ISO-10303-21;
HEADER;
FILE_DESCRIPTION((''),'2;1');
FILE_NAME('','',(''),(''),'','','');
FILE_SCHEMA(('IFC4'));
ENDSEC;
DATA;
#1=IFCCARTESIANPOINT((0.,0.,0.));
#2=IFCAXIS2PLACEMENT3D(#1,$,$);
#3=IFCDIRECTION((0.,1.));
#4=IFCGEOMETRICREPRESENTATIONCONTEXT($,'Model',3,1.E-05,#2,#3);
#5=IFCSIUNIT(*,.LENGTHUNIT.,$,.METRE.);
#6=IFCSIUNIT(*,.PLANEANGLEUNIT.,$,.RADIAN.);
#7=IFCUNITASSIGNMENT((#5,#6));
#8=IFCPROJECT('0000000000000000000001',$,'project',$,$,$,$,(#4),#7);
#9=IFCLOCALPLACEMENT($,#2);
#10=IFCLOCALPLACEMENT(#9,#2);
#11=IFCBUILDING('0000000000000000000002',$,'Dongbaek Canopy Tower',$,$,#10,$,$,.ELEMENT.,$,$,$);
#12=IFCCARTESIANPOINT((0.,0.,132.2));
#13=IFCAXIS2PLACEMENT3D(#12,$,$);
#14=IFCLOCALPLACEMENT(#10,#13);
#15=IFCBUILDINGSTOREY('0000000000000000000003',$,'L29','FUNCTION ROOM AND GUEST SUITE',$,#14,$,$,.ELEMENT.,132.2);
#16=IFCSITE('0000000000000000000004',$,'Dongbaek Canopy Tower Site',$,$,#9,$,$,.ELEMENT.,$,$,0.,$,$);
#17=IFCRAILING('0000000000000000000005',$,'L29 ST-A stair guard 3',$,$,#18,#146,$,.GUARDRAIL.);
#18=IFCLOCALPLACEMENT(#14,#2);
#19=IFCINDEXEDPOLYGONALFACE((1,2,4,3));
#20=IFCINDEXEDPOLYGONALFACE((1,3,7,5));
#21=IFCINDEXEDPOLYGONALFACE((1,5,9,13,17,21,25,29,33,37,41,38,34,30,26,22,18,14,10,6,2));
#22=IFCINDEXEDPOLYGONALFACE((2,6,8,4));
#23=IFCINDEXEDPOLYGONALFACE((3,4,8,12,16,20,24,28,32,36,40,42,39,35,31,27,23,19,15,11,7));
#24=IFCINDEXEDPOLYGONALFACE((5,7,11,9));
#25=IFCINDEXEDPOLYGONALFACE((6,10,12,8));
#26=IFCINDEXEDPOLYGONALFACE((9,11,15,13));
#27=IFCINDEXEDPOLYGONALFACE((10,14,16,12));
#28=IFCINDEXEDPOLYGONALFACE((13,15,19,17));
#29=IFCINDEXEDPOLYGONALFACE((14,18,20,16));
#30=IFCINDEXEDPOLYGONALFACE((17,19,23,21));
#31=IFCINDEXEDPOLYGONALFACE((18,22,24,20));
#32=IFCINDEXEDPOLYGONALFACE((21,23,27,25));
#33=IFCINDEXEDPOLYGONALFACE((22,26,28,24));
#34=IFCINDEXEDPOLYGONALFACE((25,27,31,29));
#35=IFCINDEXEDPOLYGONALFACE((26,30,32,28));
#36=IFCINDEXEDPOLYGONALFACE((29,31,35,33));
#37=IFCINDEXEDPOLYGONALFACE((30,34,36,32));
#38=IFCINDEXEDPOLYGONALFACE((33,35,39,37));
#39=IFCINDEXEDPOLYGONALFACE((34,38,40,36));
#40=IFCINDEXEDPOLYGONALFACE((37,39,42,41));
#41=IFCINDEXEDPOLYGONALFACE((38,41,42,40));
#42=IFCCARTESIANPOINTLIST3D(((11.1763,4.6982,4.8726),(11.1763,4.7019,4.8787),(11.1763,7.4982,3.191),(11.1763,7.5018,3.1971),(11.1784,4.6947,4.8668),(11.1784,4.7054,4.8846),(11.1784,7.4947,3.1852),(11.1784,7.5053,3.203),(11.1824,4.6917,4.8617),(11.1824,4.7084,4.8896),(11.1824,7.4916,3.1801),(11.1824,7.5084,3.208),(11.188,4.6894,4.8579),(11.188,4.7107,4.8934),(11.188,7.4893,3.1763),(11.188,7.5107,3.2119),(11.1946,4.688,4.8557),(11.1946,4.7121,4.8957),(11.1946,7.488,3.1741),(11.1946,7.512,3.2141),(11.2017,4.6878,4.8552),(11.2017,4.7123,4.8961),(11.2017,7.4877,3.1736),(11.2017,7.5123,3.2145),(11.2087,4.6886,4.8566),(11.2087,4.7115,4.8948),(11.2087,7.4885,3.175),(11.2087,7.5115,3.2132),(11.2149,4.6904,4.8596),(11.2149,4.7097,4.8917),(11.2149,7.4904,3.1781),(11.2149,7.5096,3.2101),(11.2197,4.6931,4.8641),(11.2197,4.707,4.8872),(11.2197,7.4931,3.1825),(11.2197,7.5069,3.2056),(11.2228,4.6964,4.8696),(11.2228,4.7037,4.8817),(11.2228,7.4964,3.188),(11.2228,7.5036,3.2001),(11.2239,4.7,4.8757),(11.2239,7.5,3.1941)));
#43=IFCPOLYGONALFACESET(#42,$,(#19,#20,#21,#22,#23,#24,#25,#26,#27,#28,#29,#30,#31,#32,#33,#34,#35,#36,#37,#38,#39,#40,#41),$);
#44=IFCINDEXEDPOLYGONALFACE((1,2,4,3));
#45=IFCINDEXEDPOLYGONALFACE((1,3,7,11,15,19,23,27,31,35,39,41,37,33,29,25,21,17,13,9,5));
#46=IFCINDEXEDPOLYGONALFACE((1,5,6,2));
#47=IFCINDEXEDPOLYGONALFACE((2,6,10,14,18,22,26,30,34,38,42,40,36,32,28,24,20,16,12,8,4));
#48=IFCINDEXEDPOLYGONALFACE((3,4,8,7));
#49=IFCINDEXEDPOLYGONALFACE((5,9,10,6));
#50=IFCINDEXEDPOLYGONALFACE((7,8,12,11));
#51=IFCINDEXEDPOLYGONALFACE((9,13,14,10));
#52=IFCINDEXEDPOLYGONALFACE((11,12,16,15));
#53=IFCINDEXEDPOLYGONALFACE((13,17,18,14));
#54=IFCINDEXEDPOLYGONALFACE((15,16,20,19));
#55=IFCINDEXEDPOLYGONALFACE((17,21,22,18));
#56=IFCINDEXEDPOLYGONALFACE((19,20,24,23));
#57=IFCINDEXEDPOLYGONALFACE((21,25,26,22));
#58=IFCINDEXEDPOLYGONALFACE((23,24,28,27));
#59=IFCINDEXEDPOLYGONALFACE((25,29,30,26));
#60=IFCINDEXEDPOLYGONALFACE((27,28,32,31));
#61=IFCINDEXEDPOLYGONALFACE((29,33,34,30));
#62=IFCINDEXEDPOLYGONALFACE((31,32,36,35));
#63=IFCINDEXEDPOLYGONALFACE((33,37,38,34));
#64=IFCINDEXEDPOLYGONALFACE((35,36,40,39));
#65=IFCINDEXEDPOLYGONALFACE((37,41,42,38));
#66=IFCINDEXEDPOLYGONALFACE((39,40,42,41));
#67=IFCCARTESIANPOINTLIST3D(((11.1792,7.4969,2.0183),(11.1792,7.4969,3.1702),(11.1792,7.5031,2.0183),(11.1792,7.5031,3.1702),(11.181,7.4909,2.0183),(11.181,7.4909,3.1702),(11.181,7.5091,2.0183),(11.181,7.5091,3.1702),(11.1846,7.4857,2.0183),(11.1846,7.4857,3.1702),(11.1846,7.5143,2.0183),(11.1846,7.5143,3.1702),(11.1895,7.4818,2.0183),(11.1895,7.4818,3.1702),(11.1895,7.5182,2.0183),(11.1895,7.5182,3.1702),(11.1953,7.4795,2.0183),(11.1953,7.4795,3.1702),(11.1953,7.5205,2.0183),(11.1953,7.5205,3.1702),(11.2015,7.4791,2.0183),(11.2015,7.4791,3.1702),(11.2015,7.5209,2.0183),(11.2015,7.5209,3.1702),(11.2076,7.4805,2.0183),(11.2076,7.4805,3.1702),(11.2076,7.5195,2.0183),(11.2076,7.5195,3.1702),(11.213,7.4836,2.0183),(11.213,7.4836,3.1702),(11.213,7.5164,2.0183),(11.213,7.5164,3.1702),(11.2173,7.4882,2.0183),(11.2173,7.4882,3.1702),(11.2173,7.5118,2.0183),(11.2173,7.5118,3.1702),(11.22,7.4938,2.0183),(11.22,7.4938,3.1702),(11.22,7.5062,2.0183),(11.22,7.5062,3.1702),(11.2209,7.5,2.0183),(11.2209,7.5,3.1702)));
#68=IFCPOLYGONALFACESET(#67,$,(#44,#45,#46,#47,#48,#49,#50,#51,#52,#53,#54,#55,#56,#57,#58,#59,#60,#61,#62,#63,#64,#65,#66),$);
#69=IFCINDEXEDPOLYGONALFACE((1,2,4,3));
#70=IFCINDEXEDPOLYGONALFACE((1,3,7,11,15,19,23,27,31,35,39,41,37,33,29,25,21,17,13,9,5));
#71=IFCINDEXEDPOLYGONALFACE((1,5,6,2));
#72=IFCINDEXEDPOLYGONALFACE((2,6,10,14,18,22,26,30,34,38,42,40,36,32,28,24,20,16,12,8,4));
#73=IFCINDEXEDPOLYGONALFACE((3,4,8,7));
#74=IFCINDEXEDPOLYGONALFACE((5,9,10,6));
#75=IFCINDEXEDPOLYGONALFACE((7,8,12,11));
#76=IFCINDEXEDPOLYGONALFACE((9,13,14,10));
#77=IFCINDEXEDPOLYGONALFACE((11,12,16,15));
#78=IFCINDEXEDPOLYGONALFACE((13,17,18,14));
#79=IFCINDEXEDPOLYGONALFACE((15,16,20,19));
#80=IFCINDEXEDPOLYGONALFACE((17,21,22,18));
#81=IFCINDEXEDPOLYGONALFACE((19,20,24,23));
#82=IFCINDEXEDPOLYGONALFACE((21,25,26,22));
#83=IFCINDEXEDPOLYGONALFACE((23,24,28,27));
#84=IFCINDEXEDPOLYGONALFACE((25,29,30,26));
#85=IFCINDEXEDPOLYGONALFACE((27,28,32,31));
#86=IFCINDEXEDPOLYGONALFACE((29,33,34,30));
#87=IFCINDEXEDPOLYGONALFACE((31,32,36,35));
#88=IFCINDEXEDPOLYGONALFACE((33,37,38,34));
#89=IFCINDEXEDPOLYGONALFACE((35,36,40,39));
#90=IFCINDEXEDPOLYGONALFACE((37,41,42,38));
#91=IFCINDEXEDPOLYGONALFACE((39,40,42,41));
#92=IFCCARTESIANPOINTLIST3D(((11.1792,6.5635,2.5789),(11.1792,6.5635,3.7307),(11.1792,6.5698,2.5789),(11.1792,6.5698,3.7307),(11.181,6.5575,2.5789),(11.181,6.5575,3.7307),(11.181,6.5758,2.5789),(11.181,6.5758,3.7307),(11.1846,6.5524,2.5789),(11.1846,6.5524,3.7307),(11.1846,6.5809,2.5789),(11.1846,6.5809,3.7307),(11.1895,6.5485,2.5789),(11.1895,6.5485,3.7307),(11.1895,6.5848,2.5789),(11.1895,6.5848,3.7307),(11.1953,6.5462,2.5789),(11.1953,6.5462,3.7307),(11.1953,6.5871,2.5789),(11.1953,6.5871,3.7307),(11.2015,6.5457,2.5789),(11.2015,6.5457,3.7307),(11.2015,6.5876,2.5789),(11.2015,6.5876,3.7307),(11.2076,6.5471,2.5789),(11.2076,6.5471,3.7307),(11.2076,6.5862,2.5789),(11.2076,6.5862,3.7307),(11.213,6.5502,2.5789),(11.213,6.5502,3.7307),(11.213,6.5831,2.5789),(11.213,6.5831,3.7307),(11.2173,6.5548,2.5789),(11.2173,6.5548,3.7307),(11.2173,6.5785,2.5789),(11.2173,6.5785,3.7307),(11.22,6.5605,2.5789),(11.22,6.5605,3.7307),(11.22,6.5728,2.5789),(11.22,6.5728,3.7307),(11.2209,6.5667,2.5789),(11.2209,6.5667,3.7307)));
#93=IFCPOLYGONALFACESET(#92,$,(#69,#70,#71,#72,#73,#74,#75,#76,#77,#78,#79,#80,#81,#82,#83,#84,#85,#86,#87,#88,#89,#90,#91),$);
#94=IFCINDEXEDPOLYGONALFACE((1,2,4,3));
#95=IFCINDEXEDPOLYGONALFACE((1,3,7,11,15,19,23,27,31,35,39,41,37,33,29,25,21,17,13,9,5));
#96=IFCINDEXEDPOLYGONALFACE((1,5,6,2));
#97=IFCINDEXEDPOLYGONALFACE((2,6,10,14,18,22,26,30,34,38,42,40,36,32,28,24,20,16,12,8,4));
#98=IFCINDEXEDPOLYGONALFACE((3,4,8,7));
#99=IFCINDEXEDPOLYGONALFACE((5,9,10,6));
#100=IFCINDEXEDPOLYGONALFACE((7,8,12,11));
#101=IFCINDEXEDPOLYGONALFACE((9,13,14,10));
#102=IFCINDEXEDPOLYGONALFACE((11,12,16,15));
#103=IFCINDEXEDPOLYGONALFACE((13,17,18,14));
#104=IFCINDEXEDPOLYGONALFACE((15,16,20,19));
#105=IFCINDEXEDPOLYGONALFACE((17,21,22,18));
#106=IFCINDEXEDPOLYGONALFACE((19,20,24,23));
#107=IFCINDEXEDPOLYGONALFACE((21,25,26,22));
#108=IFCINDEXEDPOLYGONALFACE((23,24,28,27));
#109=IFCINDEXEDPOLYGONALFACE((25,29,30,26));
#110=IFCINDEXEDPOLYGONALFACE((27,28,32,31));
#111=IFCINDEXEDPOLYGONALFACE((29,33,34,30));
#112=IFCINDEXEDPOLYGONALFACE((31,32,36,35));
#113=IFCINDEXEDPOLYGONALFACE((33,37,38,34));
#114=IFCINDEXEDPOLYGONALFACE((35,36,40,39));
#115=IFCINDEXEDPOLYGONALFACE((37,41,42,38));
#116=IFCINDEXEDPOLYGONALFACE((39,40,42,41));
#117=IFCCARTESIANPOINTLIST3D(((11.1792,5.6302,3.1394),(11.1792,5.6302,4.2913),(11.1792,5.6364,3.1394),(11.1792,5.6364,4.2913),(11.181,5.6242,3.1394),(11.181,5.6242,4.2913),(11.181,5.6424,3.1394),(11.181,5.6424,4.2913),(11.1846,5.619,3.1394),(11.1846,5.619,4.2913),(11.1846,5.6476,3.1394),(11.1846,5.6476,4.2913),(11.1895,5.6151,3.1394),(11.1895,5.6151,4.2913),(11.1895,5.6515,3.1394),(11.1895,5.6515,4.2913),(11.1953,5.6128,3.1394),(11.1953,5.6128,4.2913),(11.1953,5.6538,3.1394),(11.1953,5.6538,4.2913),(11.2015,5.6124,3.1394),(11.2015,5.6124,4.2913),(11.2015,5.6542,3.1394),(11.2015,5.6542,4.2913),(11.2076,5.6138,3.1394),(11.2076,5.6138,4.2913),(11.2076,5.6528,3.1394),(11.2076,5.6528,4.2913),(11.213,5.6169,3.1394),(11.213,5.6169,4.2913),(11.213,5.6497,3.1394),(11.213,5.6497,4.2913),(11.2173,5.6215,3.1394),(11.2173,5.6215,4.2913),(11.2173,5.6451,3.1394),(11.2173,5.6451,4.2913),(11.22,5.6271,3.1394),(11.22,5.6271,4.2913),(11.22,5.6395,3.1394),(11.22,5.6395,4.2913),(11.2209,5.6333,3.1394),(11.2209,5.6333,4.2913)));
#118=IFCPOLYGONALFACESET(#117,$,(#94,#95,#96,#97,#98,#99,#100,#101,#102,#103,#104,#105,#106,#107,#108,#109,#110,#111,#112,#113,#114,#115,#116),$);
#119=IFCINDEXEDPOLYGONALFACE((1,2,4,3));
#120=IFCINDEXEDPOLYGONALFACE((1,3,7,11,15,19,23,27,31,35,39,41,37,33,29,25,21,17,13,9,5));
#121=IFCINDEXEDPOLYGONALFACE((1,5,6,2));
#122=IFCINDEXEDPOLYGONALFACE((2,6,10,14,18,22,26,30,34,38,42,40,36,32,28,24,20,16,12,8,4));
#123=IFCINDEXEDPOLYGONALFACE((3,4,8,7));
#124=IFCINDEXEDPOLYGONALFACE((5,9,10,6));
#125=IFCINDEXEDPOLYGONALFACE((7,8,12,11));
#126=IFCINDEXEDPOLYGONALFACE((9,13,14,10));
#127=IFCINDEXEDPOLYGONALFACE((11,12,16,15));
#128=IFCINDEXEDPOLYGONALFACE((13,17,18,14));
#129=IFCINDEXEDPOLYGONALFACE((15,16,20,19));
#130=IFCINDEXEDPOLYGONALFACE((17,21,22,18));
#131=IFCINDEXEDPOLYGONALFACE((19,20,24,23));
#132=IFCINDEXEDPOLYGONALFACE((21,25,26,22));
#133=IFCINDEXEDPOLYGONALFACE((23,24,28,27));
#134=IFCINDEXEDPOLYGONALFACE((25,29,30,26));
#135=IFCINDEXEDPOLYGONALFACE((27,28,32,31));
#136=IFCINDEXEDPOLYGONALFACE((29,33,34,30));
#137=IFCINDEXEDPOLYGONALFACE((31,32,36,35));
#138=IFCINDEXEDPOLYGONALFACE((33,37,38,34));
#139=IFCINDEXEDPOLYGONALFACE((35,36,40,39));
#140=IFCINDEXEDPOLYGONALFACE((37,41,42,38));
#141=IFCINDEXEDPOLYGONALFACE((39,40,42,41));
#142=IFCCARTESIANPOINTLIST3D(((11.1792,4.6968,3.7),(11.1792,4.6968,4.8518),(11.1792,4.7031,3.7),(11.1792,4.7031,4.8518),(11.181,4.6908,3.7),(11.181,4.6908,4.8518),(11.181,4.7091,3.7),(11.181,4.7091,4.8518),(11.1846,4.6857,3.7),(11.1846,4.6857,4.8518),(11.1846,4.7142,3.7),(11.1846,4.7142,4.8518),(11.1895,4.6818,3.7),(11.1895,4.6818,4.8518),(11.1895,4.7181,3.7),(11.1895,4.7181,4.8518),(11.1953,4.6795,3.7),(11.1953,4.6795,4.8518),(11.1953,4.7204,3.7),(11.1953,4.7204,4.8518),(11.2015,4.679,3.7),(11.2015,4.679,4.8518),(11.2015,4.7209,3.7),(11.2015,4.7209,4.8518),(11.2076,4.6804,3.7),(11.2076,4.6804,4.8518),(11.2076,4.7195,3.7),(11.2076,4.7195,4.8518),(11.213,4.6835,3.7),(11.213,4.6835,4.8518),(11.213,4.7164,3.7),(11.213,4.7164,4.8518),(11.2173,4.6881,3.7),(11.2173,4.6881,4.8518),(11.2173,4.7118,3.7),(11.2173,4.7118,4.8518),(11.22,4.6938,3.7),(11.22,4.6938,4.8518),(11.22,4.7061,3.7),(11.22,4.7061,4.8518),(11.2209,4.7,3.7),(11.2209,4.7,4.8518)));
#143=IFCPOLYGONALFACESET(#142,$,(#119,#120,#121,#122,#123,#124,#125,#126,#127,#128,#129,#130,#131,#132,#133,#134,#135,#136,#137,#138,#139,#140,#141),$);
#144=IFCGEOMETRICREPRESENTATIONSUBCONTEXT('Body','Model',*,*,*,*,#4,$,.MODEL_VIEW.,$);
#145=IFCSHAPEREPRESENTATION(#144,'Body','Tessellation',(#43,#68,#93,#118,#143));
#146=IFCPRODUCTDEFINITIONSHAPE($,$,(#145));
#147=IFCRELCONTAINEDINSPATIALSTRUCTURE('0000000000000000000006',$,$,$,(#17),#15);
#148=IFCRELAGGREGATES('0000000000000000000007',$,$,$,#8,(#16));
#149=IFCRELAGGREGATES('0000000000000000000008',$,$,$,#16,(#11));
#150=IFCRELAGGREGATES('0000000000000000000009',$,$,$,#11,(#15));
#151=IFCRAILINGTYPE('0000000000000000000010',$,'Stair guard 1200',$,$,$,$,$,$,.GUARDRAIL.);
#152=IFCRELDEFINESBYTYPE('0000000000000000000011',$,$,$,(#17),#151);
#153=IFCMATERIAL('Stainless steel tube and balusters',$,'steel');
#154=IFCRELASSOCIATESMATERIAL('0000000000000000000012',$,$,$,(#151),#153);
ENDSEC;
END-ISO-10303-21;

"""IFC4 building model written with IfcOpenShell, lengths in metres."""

from ifc_helpers import new_model, si_unit, direction, frame, origin, origin_2d, place, context, subcontext, project, spatial, circle, extrude, material, type_object, element, save


model = new_model("IFC4")

# Units and contexts
model_context = context("Model", 3, precision=1e-05, world=origin(), true_north=direction((0.0, 1.0)))
body_context = subcontext(model_context, "Body", "Model", "MODEL_VIEW")
ifc_project = project(units=[si_unit("LENGTHUNIT", "METRE"), si_unit("PLANEANGLEUNIT", "RADIAN")], contexts=[model_context])

# Site, building, storey
site_placement = place(None, origin())
site = spatial("IfcSite", under=ifc_project, at=site_placement, Name="Dongbaek Canopy Tower Site", CompositionType="ELEMENT", RefElevation=0.0)
building_placement = place(site_placement, origin())
building = spatial("IfcBuilding", under=site, at=building_placement, Name="Dongbaek Canopy Tower", CompositionType="ELEMENT")
storey_placement = place(building_placement, frame((0.0, 0.0, 132.2)))
storey = spatial("IfcBuildingStorey", under=building, at=storey_placement, Name="L29", Description="FUNCTION ROOM AND GUEST SUITE", CompositionType="ELEMENT", Elevation=132.2)

# Railing
ifc_material_1 = material(Name="Stainless steel tube and balusters", Category="steel")
railing_type_1 = type_object("IfcRailingType", Name="Stair guard 1200", PredefinedType="GUARDRAIL", material=ifc_material_1)
railing_1_placement = place(storey_placement, frame((11.2, 7.5, 2.0183)))
element("IfcRailing", 1, at=railing_1_placement, inside=storey, type_object=railing_type_1, Name="L29 ST-A stair guard 3", PredefinedType="GUARDRAIL", context=body_context, shape_type="SweptSolid", body=[
    extrude(circle(Radius=0.0239, at=origin_2d()), frame((0.0, 0.0, 1.1758), z_axis=(0.0, -0.857275, 0.514858), x_axis=(1.0, 0.0, 0.0)), (0.0, 0.0, 1.0), 3.2661),
    extrude(circle(Radius=0.021, at=origin_2d()), origin(), (0.0, 0.0, 1.0), 1.1519),
    extrude(circle(Radius=0.021, at=origin_2d()), frame((0.0, -0.9333, 0.5605)), (0.0, 0.0, 1.0), 1.1519),
    extrude(circle(Radius=0.021, at=origin_2d()), frame((0.0, -1.8667, 1.1211)), (0.0, 0.0, 1.0), 1.1519),
    extrude(circle(Radius=0.021, at=origin_2d()), frame((0.0, -2.8, 1.6816)), (0.0, 0.0, 1.0), 1.1519),
])

save(model, "model.ifc")
